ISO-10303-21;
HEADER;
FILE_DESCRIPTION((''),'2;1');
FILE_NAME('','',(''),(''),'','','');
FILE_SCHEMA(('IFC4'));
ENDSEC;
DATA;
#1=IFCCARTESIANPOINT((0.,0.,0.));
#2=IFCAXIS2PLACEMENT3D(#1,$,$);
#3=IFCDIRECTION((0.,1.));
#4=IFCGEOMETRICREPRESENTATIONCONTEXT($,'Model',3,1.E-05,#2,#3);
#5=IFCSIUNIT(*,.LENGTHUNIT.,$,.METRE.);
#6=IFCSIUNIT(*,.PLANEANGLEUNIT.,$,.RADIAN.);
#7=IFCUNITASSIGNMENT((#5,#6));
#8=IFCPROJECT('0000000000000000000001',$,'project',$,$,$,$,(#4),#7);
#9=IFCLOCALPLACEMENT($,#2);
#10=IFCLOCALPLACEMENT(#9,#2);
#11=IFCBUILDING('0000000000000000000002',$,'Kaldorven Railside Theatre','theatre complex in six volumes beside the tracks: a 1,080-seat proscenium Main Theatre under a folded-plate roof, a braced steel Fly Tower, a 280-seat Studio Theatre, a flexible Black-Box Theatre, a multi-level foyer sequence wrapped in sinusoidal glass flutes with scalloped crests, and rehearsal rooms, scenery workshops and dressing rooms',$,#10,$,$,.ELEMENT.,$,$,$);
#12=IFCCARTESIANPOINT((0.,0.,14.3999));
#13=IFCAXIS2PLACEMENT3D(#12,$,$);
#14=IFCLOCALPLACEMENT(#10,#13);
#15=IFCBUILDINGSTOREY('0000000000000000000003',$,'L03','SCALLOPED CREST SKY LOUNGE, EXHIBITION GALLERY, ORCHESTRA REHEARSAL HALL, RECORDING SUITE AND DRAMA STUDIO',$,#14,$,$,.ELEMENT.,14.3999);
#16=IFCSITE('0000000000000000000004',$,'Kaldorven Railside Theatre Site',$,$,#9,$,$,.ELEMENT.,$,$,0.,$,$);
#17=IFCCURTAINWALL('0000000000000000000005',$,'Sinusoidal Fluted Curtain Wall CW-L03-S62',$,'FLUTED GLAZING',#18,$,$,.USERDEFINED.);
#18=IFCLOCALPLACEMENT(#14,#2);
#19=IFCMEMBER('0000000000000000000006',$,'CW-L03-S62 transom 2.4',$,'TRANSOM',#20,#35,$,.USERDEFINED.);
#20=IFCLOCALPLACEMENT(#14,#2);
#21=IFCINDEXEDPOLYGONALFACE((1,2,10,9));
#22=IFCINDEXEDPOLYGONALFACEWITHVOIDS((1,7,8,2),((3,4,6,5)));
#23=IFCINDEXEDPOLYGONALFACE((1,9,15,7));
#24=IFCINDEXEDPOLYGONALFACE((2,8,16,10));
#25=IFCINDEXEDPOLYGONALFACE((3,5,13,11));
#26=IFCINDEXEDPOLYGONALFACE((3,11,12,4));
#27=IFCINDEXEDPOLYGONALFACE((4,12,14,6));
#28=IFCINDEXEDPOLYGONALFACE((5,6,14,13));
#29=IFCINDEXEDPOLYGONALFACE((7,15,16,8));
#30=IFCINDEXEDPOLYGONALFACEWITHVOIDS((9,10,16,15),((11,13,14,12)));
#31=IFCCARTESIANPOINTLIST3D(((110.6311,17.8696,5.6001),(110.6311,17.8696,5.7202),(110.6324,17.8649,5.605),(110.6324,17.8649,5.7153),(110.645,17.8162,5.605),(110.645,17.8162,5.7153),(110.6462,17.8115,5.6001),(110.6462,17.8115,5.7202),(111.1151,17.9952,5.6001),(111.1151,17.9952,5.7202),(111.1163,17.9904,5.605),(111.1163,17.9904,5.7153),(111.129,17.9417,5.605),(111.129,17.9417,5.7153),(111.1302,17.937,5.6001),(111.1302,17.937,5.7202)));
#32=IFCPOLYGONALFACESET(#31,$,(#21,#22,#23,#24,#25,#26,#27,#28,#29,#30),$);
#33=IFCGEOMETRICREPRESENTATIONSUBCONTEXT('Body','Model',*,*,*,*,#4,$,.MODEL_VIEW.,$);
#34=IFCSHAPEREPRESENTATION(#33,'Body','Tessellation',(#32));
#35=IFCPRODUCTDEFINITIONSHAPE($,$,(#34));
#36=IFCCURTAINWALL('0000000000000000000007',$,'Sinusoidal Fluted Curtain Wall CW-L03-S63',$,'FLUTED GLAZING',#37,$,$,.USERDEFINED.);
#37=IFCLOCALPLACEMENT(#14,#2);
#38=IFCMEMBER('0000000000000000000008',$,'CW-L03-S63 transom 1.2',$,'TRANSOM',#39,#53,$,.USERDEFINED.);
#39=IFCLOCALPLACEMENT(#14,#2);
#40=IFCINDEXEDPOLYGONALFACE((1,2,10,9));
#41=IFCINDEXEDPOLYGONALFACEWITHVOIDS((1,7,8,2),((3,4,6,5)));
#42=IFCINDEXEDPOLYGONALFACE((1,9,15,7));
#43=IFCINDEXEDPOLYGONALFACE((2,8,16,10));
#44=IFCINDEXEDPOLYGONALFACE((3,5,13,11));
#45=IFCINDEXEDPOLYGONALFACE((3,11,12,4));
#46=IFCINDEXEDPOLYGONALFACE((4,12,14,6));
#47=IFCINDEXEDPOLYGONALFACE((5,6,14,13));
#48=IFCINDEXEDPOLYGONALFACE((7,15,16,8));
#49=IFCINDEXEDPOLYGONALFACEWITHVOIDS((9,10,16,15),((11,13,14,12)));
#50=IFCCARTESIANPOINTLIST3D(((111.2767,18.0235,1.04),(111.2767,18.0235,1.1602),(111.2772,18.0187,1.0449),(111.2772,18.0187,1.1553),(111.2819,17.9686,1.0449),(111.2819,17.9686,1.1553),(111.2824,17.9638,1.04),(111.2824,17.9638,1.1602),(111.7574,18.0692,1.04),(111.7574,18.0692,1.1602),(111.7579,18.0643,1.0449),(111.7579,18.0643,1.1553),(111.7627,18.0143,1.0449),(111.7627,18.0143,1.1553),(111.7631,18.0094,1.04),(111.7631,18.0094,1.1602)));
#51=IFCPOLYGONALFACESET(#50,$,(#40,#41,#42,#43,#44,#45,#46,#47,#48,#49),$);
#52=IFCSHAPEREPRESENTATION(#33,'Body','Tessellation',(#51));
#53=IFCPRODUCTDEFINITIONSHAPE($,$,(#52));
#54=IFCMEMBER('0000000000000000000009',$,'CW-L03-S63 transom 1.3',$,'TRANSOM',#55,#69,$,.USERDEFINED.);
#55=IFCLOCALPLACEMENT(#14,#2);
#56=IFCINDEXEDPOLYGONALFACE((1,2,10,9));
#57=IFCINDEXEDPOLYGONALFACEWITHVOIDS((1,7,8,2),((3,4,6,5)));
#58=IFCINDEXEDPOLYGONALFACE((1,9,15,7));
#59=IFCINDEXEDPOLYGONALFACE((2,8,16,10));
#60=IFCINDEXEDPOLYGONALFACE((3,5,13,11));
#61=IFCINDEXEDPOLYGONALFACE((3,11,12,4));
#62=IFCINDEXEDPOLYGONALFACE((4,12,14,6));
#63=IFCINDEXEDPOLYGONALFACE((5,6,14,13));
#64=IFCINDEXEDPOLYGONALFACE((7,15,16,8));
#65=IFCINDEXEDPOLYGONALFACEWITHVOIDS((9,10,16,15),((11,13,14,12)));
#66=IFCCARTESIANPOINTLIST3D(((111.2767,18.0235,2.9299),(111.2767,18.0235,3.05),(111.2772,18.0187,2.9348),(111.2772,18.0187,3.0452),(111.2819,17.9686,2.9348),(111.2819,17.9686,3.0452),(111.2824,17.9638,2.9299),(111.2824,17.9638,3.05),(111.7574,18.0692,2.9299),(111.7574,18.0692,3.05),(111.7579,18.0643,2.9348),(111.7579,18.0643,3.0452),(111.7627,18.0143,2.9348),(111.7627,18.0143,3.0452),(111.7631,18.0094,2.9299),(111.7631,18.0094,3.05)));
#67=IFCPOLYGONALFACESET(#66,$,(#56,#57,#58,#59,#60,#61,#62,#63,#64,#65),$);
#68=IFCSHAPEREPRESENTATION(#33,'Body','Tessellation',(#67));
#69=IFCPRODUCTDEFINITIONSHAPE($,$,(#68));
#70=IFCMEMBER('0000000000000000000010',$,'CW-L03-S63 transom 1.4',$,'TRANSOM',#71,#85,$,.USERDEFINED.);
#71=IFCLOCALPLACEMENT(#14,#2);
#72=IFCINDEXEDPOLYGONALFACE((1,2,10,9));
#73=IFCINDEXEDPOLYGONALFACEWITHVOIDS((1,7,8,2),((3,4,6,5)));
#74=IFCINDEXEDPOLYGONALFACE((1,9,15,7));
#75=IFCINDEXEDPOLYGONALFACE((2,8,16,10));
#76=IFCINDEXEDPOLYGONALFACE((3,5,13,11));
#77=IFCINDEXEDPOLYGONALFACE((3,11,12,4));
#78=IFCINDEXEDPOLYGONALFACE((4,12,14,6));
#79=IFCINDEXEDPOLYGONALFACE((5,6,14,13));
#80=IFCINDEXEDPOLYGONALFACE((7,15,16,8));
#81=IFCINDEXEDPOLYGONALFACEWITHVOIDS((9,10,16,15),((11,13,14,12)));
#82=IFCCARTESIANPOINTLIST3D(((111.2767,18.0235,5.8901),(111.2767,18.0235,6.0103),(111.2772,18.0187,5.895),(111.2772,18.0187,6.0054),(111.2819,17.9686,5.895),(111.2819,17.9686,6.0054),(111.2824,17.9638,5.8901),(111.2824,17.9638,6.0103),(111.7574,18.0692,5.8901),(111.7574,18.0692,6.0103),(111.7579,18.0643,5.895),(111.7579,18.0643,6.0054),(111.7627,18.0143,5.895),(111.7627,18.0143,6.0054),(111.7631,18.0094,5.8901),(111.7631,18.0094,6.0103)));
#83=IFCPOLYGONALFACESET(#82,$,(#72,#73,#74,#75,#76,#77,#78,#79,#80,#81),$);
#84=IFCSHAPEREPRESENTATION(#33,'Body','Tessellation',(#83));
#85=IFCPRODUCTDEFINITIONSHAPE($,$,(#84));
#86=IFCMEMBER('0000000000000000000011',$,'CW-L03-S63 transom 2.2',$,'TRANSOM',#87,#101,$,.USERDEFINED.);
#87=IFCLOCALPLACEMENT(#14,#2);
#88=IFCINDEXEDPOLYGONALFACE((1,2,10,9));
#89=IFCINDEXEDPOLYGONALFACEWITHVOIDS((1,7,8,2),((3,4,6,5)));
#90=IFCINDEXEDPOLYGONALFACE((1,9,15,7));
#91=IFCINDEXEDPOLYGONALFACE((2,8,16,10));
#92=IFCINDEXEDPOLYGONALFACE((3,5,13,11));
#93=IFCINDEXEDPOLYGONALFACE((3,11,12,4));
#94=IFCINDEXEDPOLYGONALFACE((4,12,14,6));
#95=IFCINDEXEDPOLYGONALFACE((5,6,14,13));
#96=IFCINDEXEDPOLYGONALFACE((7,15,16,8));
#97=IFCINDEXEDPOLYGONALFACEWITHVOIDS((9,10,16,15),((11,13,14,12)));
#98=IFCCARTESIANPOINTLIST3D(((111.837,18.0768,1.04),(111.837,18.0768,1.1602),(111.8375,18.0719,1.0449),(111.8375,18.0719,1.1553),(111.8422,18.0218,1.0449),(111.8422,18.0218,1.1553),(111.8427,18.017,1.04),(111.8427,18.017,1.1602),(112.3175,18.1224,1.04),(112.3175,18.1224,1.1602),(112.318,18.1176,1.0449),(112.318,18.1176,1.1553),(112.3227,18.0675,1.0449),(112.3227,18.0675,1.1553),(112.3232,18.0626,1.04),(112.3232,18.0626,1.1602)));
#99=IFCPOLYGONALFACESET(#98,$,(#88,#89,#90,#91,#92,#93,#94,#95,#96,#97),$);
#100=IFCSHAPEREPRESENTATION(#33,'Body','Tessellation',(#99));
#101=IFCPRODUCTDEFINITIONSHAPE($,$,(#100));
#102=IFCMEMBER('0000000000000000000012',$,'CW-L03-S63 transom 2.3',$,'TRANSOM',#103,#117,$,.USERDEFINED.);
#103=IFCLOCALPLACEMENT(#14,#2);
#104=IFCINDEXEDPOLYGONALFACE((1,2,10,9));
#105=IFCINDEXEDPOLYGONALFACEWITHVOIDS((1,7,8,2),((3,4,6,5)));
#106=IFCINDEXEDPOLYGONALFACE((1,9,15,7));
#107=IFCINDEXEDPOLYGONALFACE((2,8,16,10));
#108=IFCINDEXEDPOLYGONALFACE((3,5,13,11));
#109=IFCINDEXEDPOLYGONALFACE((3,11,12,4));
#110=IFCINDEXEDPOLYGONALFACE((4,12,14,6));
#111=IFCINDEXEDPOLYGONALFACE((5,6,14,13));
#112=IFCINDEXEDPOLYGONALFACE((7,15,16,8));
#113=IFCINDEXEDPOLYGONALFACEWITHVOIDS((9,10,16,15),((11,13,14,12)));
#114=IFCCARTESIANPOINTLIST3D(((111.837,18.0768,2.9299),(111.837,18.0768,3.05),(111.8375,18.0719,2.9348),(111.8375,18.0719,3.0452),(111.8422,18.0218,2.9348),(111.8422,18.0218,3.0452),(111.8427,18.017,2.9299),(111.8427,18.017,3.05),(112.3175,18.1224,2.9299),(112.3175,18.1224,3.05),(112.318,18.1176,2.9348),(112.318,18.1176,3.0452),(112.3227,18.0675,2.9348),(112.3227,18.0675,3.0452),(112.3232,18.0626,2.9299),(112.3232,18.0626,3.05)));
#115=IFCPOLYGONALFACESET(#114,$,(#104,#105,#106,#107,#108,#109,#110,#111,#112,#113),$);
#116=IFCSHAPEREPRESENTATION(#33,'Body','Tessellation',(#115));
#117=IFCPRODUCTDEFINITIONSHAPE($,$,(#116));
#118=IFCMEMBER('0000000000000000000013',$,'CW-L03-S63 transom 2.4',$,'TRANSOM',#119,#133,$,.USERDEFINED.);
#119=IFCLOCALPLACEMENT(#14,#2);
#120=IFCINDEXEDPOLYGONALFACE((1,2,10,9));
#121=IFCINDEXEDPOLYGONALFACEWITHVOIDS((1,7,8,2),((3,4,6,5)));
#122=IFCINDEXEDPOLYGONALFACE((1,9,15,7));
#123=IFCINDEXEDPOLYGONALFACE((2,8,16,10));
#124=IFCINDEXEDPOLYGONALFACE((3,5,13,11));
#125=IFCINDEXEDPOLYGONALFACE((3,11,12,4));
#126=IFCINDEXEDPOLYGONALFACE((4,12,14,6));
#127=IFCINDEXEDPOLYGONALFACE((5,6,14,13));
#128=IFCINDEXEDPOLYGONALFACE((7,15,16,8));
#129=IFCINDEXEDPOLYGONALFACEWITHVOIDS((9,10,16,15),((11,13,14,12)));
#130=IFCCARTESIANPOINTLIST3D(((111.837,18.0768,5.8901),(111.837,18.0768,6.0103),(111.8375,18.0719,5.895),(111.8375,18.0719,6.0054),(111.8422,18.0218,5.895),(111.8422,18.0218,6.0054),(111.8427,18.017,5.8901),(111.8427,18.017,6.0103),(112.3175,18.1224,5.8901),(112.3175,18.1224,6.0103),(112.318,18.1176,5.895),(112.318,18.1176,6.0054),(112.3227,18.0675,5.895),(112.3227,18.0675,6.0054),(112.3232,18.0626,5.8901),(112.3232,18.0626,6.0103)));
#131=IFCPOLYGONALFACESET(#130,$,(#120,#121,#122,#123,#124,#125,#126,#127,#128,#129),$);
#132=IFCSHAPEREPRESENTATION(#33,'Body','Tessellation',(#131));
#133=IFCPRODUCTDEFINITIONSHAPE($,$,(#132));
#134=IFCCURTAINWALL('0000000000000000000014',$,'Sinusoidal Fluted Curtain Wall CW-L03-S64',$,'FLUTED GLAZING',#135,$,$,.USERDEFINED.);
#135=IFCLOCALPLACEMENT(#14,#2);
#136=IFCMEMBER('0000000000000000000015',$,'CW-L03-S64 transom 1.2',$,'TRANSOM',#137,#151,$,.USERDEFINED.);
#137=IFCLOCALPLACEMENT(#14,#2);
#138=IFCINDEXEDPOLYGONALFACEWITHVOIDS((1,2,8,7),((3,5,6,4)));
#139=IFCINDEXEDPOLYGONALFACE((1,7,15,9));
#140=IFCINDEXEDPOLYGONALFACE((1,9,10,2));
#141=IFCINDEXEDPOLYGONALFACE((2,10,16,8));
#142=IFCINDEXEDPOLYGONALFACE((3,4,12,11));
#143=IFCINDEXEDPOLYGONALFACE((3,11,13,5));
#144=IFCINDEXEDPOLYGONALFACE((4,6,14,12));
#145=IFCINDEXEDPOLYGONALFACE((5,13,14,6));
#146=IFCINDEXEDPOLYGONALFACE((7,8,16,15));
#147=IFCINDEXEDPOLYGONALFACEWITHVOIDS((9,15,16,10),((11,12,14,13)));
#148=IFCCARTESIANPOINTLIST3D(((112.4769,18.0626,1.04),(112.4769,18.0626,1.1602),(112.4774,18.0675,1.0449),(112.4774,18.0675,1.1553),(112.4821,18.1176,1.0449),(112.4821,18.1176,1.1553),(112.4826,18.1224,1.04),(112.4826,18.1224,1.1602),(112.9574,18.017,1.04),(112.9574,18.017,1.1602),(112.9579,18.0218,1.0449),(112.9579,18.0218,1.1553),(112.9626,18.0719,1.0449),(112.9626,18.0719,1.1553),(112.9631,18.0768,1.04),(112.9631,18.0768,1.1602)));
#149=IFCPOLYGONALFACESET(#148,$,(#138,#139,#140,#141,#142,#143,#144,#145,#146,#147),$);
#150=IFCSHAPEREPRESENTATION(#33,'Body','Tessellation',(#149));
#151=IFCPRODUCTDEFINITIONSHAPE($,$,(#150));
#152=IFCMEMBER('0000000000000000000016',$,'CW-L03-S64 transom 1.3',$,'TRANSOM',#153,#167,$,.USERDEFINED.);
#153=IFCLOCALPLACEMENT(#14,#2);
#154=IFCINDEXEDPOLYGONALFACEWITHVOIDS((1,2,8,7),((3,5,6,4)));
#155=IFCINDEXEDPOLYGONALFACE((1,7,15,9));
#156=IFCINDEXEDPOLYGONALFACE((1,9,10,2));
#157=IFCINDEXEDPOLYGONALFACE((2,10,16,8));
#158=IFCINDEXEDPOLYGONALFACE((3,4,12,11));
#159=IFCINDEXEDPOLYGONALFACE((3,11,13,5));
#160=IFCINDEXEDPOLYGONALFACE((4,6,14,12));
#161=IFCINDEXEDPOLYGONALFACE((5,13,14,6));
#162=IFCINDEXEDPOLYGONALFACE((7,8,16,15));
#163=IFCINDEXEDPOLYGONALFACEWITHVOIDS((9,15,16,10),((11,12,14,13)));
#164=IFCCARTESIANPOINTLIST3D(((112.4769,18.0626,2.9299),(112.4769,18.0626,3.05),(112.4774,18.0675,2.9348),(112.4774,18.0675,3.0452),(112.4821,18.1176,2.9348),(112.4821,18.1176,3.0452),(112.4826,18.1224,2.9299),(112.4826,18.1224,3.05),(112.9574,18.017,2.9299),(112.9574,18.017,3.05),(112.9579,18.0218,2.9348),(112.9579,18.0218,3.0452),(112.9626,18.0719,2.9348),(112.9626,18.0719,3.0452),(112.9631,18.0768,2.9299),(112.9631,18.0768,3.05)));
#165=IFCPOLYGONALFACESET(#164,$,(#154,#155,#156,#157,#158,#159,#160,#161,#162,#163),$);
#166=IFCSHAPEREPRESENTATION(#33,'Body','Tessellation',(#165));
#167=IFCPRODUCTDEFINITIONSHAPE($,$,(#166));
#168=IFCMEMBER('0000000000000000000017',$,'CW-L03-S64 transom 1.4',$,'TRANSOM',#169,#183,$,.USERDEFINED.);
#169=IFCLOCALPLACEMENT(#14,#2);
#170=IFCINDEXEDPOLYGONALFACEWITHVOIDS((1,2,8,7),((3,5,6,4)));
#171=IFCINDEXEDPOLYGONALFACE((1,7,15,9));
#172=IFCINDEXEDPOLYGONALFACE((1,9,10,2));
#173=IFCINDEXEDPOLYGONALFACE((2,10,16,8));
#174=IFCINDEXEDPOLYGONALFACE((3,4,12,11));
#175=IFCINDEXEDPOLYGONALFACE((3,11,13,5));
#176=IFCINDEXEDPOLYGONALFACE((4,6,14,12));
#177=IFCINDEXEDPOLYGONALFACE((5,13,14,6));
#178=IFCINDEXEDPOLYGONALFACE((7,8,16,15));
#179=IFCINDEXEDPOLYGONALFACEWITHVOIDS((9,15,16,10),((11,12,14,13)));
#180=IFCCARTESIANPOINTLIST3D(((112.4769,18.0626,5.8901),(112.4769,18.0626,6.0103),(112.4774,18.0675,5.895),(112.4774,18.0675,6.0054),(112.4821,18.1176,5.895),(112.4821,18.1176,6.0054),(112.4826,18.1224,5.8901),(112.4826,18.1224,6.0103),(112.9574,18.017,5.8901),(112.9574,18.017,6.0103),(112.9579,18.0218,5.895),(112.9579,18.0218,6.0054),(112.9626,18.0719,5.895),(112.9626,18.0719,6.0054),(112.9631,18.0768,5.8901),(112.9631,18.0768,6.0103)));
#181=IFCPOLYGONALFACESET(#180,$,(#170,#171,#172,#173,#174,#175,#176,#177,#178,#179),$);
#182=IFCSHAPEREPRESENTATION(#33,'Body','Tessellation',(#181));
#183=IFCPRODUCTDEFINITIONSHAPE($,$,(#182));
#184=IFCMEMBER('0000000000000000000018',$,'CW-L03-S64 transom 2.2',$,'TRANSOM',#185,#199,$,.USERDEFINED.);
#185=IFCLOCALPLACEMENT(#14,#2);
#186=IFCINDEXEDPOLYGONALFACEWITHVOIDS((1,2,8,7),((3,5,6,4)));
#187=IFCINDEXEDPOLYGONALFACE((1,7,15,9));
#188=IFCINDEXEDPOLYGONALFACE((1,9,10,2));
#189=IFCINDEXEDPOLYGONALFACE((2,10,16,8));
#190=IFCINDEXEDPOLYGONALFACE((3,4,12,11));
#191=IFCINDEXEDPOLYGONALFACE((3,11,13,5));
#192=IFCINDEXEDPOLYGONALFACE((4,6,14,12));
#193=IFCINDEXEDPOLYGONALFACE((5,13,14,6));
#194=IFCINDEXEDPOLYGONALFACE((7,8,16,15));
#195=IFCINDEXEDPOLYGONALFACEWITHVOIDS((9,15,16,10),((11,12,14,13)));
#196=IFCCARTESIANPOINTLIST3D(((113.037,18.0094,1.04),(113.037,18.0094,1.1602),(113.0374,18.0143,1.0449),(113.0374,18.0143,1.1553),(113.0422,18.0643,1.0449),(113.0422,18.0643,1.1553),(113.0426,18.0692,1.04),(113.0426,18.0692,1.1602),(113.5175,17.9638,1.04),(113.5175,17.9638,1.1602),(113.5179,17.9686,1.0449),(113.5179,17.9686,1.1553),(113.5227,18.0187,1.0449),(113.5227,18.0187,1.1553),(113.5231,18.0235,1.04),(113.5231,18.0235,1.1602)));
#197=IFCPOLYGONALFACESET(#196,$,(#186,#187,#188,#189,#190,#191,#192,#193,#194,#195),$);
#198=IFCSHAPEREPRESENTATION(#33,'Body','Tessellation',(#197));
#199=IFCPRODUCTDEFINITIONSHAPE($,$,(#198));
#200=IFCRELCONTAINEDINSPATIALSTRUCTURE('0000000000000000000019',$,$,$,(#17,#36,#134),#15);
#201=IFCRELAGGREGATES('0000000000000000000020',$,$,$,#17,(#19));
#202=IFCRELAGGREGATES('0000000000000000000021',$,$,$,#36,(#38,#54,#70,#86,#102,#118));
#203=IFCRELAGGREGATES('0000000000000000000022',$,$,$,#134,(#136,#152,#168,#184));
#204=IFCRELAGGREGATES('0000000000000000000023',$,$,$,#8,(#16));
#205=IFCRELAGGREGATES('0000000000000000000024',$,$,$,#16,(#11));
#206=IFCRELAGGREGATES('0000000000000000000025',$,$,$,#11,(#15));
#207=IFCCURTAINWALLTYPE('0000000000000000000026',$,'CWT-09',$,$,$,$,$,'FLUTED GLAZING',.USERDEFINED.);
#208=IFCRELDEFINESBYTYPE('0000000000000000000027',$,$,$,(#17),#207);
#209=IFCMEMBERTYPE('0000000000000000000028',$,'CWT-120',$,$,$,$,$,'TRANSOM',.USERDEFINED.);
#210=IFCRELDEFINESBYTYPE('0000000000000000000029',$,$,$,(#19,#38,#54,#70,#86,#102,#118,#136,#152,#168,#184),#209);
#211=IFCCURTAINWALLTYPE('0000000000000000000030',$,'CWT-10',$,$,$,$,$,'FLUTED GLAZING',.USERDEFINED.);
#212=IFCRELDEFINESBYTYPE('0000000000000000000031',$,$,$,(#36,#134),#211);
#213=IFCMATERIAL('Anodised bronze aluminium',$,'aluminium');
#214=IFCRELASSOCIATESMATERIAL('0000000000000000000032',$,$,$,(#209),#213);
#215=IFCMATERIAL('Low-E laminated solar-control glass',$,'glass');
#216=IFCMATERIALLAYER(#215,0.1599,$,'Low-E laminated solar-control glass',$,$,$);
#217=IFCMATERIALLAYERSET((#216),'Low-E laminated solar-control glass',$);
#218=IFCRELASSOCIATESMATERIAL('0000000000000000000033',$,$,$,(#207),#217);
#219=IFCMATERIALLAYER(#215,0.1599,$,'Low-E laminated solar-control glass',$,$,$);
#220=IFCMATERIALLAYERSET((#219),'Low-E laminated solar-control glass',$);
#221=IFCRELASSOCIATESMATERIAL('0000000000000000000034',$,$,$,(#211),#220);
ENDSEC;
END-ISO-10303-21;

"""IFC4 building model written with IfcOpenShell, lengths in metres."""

from ifc_helpers import new_model, si_unit, direction, frame, origin, origin_2d, place, context, subcontext, project, spatial, hollow_rectangle, extrude, material, layer, layer_set, material_profile, profile_set, type_object, element, aggregate, save


model = new_model("IFC4")

# Units and contexts
model_context = context("Model", 3, precision=1e-05, world=origin(), true_north=direction((0.0, 1.0)))
body_context = subcontext(model_context, "Body", "Model", "MODEL_VIEW")
ifc_project = project(units=[si_unit("LENGTHUNIT", "METRE"), si_unit("PLANEANGLEUNIT", "RADIAN")], contexts=[model_context])

# Site, building, storey
site_placement = place(None, origin())
site = spatial("IfcSite", under=ifc_project, at=site_placement, Name="Kaldorven Railside Theatre Site", CompositionType="ELEMENT", RefElevation=0.0)
building_placement = place(site_placement, origin())
building = spatial("IfcBuilding", under=site, at=building_placement, Name="Kaldorven Railside Theatre", Description="theatre complex in six volumes beside the tracks: a 1,080-seat proscenium Main Theatre under a folded-plate roof, a braced steel Fly Tower, a 280-seat Studio Theatre, a flexible Black-Box Theatre, a multi-level foyer sequence wrapped in sinusoidal glass flutes with scalloped crests, and rehearsal rooms, scenery workshops and dressing rooms", CompositionType="ELEMENT")
storey_placement = place(building_placement, frame((0.0, 0.0, 14.3999)))
storey = spatial("IfcBuildingStorey", under=building, at=storey_placement, Name="L03", Description="SCALLOPED CREST SKY LOUNGE, EXHIBITION GALLERY, ORCHESTRA REHEARSAL HALL, RECORDING SUITE AND DRAMA STUDIO", CompositionType="ELEMENT", Elevation=14.3999)

# Curtain walls, members
ifc_material_1 = material(Name="Low-E laminated solar-control glass", Category="glass")
ifc_material_2 = material(Name="Anodised bronze aluminium", Category="aluminium")
ifc_material_profile = material_profile(ifc_material_2, hollow_rectangle(XDim=0.0601, YDim=0.1201, WallThickness=0.0049, at=origin_2d()), Name="RHS 120x60x5")
ifc_profile_set = profile_set([ifc_material_profile], Name="Anodised bronze aluminium")
member_type = type_object("IfcMemberType", Name="CWT-120", ElementType="TRANSOM", PredefinedType="USERDEFINED", material=ifc_profile_set)
ifc_layer_1 = layer(ifc_material_1, 0.1599, Name="Low-E laminated solar-control glass")
ifc_layer_set_1 = layer_set([ifc_layer_1], Name="Low-E laminated solar-control glass")
curtain_wall_type_1 = type_object("IfcCurtainWallType", Name="CWT-09", ElementType="FLUTED GLAZING", PredefinedType="USERDEFINED", material=ifc_layer_set_1)
curtain_wall_1_placement = place(storey_placement, origin())
curtain_wall_1 = element("IfcCurtainWall", 1, at=curtain_wall_1_placement, inside=storey, type_object=curtain_wall_type_1, Name="Sinusoidal Fluted Curtain Wall CW-L03-S62", ObjectType="FLUTED GLAZING", PredefinedType="USERDEFINED")
member_1_placement = place(storey_placement, frame((110.6387, 17.8406, 5.6602), z_axis=(0.967979, 0.25103, 0.0), x_axis=(-0.25103, 0.967979, 0.0)))
member_1 = element("IfcMember", 2, at=member_1_placement, type_object=member_type, Name="CW-L03-S62 transom 2.4", ObjectType="TRANSOM", PredefinedType="USERDEFINED", context=body_context, shape_type="SweptSolid", body=[
    extrude(hollow_rectangle(XDim=0.0601, YDim=0.1201, WallThickness=0.0049, at=origin_2d()), origin(), (0.0, 0.0, 1.0), 0.5),
])
ifc_layer_2 = layer(ifc_material_1, 0.1599, Name="Low-E laminated solar-control glass")
ifc_layer_set_2 = layer_set([ifc_layer_2], Name="Low-E laminated solar-control glass")
curtain_wall_type_2 = type_object("IfcCurtainWallType", Name="CWT-10", ElementType="FLUTED GLAZING", PredefinedType="USERDEFINED", material=ifc_layer_set_2)
curtain_wall_2_placement = place(storey_placement, origin())
curtain_wall_2 = element("IfcCurtainWall", 3, at=curtain_wall_2_placement, inside=storey, type_object=curtain_wall_type_2, Name="Sinusoidal Fluted Curtain Wall CW-L03-S63", ObjectType="FLUTED GLAZING", PredefinedType="USERDEFINED")
member_2_placement = place(storey_placement, frame((111.2795, 17.9937, 1.1001), z_axis=(0.99552, 0.094547, 0.0), x_axis=(-0.094547, 0.99552, 0.0)))
member_2 = element("IfcMember", 4, at=member_2_placement, type_object=member_type, Name="CW-L03-S63 transom 1.2", ObjectType="TRANSOM", PredefinedType="USERDEFINED", context=body_context, shape_type="SweptSolid", body=[
    extrude(hollow_rectangle(XDim=0.0601, YDim=0.1201, WallThickness=0.0049, at=origin_2d()), origin(), (0.0, 0.0, 1.0), 0.4829),
])
member_3_placement = place(storey_placement, frame((111.2795, 17.9937, 2.99), z_axis=(0.99552, 0.094547, 0.0), x_axis=(-0.094547, 0.99552, 0.0)))
member_3 = element("IfcMember", 5, at=member_3_placement, type_object=member_type, Name="CW-L03-S63 transom 1.3", ObjectType="TRANSOM", PredefinedType="USERDEFINED", context=body_context, shape_type="SweptSolid", body=[
    extrude(hollow_rectangle(XDim=0.0601, YDim=0.1201, WallThickness=0.0049, at=origin_2d()), origin(), (0.0, 0.0, 1.0), 0.4829),
])
member_4_placement = place(storey_placement, frame((111.2795, 17.9937, 5.9502), z_axis=(0.99552, 0.094547, 0.0), x_axis=(-0.094547, 0.99552, 0.0)))
member_4 = element("IfcMember", 6, at=member_4_placement, type_object=member_type, Name="CW-L03-S63 transom 1.4", ObjectType="TRANSOM", PredefinedType="USERDEFINED", context=body_context, shape_type="SweptSolid", body=[
    extrude(hollow_rectangle(XDim=0.0601, YDim=0.1201, WallThickness=0.0049, at=origin_2d()), origin(), (0.0, 0.0, 1.0), 0.4829),
])
member_5_placement = place(storey_placement, frame((111.8398, 18.0469, 1.1001), z_axis=(0.995516, 0.094594, 0.0), x_axis=(-0.094594, 0.995516, 0.0)))
member_5 = element("IfcMember", 7, at=member_5_placement, type_object=member_type, Name="CW-L03-S63 transom 2.2", ObjectType="TRANSOM", PredefinedType="USERDEFINED", context=body_context, shape_type="SweptSolid", body=[
    extrude(hollow_rectangle(XDim=0.0601, YDim=0.1201, WallThickness=0.0049, at=origin_2d()), origin(), (0.0, 0.0, 1.0), 0.4827),
])
member_6_placement = place(storey_placement, frame((111.8398, 18.0469, 2.99), z_axis=(0.995516, 0.094594, 0.0), x_axis=(-0.094594, 0.995516, 0.0)))
member_6 = element("IfcMember", 8, at=member_6_placement, type_object=member_type, Name="CW-L03-S63 transom 2.3", ObjectType="TRANSOM", PredefinedType="USERDEFINED", context=body_context, shape_type="SweptSolid", body=[
    extrude(hollow_rectangle(XDim=0.0601, YDim=0.1201, WallThickness=0.0049, at=origin_2d()), origin(), (0.0, 0.0, 1.0), 0.4827),
])
member_7_placement = place(storey_placement, frame((111.8398, 18.0469, 5.9502), z_axis=(0.995516, 0.094594, 0.0), x_axis=(-0.094594, 0.995516, 0.0)))
member_7 = element("IfcMember", 9, at=member_7_placement, type_object=member_type, Name="CW-L03-S63 transom 2.4", ObjectType="TRANSOM", PredefinedType="USERDEFINED", context=body_context, shape_type="SweptSolid", body=[
    extrude(hollow_rectangle(XDim=0.0601, YDim=0.1201, WallThickness=0.0049, at=origin_2d()), origin(), (0.0, 0.0, 1.0), 0.4827),
])
curtain_wall_3_placement = place(storey_placement, origin())
curtain_wall_3 = element("IfcCurtainWall", 10, at=curtain_wall_3_placement, inside=storey, type_object=curtain_wall_type_2, Name="Sinusoidal Fluted Curtain Wall CW-L03-S64", ObjectType="FLUTED GLAZING", PredefinedType="USERDEFINED")
member_8_placement = place(storey_placement, frame((112.4797, 18.0925, 1.1001), z_axis=(0.995516, -0.094594, 0.0), x_axis=(0.094594, 0.995516, 0.0)))
member_8 = element("IfcMember", 11, at=member_8_placement, type_object=member_type, Name="CW-L03-S64 transom 1.2", ObjectType="TRANSOM", PredefinedType="USERDEFINED", context=body_context, shape_type="SweptSolid", body=[
    extrude(hollow_rectangle(XDim=0.0601, YDim=0.1201, WallThickness=0.0049, at=origin_2d()), origin(), (0.0, 0.0, 1.0), 0.4827),
])
member_9_placement = place(storey_placement, frame((112.4797, 18.0925, 2.99), z_axis=(0.995516, -0.094594, 0.0), x_axis=(0.094594, 0.995516, 0.0)))
member_9 = element("IfcMember", 12, at=member_9_placement, type_object=member_type, Name="CW-L03-S64 transom 1.3", ObjectType="TRANSOM", PredefinedType="USERDEFINED", context=body_context, shape_type="SweptSolid", body=[
    extrude(hollow_rectangle(XDim=0.0601, YDim=0.1201, WallThickness=0.0049, at=origin_2d()), origin(), (0.0, 0.0, 1.0), 0.4827),
])
member_10_placement = place(storey_placement, frame((112.4797, 18.0925, 5.9502), z_axis=(0.995516, -0.094594, 0.0), x_axis=(0.094594, 0.995516, 0.0)))
member_10 = element("IfcMember", 13, at=member_10_placement, type_object=member_type, Name="CW-L03-S64 transom 1.4", ObjectType="TRANSOM", PredefinedType="USERDEFINED", context=body_context, shape_type="SweptSolid", body=[
    extrude(hollow_rectangle(XDim=0.0601, YDim=0.1201, WallThickness=0.0049, at=origin_2d()), origin(), (0.0, 0.0, 1.0), 0.4827),
])
member_11_placement = place(storey_placement, frame((113.0398, 18.0393, 1.1001), z_axis=(0.995516, -0.094594, 0.0), x_axis=(0.094594, 0.995516, 0.0)))
member_11 = element("IfcMember", 14, at=member_11_placement, type_object=member_type, Name="CW-L03-S64 transom 2.2", ObjectType="TRANSOM", PredefinedType="USERDEFINED", context=body_context, shape_type="SweptSolid", body=[
    extrude(hollow_rectangle(XDim=0.0601, YDim=0.1201, WallThickness=0.0049, at=origin_2d()), origin(), (0.0, 0.0, 1.0), 0.4827),
])

aggregate(curtain_wall_1, [member_1])
aggregate(curtain_wall_2, [member_2, member_3, member_4, member_5, member_6, member_7])
aggregate(curtain_wall_3, [member_8, member_9, member_10, member_11])

save(model, "model.ifc")
